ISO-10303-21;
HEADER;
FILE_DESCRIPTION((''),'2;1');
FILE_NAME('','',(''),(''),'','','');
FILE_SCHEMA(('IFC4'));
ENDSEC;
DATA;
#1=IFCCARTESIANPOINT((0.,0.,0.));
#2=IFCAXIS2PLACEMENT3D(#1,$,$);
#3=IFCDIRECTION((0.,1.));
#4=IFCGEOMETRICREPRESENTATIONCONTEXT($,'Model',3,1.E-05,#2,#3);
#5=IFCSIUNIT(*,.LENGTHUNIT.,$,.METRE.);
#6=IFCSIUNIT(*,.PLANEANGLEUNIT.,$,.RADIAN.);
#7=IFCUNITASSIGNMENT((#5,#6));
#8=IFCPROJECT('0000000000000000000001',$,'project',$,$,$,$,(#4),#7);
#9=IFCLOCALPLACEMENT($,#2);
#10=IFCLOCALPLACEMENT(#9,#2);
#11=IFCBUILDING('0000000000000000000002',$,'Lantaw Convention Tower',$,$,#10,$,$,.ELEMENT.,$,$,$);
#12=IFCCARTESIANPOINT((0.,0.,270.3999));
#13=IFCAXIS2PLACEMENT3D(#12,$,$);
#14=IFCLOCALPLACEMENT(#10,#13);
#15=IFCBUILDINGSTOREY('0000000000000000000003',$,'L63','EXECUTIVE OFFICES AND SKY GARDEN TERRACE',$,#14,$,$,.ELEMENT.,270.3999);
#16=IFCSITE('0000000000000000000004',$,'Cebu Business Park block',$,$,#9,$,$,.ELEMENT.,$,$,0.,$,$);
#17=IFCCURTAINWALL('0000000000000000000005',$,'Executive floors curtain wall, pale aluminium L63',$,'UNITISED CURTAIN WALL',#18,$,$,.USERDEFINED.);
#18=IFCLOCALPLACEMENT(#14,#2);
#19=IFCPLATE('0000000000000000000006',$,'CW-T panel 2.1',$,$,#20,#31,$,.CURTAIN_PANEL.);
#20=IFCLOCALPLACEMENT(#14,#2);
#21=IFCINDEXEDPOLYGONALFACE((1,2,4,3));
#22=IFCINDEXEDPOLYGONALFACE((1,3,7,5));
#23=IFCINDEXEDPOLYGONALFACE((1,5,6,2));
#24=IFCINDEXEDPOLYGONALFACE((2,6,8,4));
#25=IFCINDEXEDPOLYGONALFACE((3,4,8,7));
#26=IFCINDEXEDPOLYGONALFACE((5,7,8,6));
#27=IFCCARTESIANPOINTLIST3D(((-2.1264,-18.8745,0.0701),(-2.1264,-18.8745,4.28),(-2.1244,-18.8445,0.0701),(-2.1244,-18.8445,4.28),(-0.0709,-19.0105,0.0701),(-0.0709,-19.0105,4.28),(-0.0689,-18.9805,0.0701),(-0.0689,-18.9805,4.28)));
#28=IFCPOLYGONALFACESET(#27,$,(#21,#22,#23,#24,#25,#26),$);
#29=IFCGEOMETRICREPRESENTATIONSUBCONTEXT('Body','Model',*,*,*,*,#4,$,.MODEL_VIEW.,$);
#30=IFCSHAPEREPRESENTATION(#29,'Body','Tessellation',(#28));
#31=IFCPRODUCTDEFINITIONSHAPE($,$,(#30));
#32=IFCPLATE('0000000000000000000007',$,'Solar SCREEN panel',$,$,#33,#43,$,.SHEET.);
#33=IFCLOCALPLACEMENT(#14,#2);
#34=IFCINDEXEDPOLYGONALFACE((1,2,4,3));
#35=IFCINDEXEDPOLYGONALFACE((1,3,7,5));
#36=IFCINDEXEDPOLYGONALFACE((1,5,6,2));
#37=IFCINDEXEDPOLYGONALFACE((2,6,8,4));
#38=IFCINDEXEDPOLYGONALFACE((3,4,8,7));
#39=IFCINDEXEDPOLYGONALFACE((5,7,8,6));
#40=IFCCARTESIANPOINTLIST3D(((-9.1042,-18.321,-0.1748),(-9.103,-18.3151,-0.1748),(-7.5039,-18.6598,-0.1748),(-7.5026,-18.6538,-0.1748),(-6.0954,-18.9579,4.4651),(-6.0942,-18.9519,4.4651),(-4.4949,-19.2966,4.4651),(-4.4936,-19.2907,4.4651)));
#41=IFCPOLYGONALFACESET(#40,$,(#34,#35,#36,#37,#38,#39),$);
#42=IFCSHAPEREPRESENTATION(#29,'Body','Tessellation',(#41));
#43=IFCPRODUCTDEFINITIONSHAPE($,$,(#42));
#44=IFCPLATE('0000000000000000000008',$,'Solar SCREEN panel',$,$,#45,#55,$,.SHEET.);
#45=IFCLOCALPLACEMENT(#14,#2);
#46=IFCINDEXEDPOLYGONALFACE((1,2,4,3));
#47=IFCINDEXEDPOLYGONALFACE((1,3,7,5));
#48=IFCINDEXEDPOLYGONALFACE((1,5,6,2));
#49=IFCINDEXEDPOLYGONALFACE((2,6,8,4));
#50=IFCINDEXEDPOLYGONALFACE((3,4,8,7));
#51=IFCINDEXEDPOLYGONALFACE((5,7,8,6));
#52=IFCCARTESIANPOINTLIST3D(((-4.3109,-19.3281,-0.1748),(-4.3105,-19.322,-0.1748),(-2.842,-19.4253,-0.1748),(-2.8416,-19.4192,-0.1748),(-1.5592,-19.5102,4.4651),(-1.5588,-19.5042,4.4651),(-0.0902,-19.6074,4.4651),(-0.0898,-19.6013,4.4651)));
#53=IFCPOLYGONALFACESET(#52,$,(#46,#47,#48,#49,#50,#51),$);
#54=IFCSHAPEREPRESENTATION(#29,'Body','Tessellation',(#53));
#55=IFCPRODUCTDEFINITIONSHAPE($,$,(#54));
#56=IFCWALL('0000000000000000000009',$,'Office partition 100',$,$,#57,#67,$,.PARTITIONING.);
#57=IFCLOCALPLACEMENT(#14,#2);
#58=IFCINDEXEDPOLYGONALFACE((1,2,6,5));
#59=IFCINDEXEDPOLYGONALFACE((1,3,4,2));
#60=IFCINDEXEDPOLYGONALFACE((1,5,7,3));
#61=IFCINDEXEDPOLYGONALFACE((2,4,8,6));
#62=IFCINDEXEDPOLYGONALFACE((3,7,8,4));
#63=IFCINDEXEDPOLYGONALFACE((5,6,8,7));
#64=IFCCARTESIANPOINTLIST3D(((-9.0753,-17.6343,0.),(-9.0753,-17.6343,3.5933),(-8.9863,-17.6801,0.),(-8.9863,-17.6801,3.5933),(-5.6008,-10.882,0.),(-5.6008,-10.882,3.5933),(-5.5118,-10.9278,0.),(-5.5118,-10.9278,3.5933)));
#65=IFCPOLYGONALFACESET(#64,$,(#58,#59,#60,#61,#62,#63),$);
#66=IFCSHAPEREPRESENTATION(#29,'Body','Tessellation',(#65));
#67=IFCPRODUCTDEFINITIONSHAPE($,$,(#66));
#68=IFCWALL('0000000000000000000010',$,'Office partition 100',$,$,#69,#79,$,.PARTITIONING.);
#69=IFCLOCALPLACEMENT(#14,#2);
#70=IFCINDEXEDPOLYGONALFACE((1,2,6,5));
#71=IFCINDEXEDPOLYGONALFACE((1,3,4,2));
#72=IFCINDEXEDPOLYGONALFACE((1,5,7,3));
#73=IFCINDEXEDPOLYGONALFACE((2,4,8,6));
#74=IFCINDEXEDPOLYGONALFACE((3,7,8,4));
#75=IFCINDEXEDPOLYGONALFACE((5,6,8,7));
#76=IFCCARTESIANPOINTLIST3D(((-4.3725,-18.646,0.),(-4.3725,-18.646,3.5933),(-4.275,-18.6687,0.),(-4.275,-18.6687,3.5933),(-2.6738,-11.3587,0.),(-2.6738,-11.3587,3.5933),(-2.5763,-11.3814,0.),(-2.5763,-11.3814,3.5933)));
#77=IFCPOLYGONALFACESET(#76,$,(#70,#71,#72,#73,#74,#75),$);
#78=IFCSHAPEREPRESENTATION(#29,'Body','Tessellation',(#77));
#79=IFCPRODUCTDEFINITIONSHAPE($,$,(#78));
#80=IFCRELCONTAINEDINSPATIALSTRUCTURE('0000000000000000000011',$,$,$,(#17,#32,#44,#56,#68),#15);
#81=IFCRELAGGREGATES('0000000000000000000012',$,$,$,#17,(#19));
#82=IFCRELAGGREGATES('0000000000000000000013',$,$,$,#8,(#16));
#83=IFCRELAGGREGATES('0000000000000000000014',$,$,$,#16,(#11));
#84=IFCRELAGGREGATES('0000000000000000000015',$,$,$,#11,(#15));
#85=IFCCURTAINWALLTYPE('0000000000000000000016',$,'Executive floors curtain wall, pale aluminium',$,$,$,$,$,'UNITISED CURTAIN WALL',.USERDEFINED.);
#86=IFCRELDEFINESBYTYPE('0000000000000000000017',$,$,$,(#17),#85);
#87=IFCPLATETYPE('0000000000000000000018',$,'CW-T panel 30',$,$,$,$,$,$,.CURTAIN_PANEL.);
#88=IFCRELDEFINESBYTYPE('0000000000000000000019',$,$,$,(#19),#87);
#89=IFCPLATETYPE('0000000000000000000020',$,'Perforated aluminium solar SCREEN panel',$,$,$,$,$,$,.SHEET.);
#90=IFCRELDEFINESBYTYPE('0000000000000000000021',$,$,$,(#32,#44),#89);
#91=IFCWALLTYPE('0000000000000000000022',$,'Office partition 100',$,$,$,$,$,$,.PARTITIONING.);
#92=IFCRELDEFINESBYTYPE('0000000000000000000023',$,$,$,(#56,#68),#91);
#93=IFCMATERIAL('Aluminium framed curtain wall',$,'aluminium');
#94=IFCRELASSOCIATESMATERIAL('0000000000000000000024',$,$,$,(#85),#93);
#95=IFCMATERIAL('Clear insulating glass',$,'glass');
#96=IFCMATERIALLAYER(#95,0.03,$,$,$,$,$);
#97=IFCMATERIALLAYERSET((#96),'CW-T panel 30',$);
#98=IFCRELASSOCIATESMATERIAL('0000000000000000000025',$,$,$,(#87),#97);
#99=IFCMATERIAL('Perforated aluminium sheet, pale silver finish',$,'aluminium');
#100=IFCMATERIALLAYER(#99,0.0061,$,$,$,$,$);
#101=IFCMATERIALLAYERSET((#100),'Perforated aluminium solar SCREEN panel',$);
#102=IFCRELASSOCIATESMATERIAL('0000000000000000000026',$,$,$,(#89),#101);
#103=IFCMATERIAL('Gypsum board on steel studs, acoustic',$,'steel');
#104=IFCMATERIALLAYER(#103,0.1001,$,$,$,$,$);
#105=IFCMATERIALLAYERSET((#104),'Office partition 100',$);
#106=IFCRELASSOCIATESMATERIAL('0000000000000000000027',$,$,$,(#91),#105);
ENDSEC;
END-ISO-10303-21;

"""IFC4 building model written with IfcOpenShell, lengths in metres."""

from ifc_helpers import new_model, si_unit, direction, frame, frame_2d, origin, origin_2d, place, context, subcontext, project, spatial, polyline, rectangle, outline, extrude, material, layer, layer_set, type_object, element, aggregate, save


model = new_model("IFC4")

# Units and contexts
model_context = context("Model", 3, precision=1e-05, world=origin(), true_north=direction((0.0, 1.0)))
body_context = subcontext(model_context, "Body", "Model", "MODEL_VIEW")
ifc_project = project(units=[si_unit("LENGTHUNIT", "METRE"), si_unit("PLANEANGLEUNIT", "RADIAN")], contexts=[model_context])

# Site, building, storey
site_placement = place(None, origin())
site = spatial("IfcSite", under=ifc_project, at=site_placement, Name="Cebu Business Park block", CompositionType="ELEMENT", RefElevation=0.0)
building_placement = place(site_placement, origin())
building = spatial("IfcBuilding", under=site, at=building_placement, Name="Lantaw Convention Tower", CompositionType="ELEMENT")
storey_placement = place(building_placement, frame((0.0, 0.0, 270.3999)))
storey = spatial("IfcBuildingStorey", under=building, at=storey_placement, Name="L63", Description="EXECUTIVE OFFICES AND SKY GARDEN TERRACE", CompositionType="ELEMENT", Elevation=270.3999)

# Shared definitions
ifc_material_1 = material(Name="Aluminium framed curtain wall", Category="aluminium")
curtain_wall_type = type_object("IfcCurtainWallType", Name="Executive floors curtain wall, pale aluminium", ElementType="UNITISED CURTAIN WALL", PredefinedType="USERDEFINED", material=ifc_material_1)

# Curtain wall
curtain_wall_1_placement = place(storey_placement, origin())
curtain_wall_1 = element("IfcCurtainWall", 1, at=curtain_wall_1_placement, inside=storey, type_object=curtain_wall_type, Name="Executive floors curtain wall, pale aluminium L63", ObjectType="UNITISED CURTAIN WALL", PredefinedType="USERDEFINED")

# Plate
ifc_material_2 = material(Name="Clear insulating glass", Category="glass")
ifc_layer_1 = layer(ifc_material_2, 0.03)
ifc_layer_set_1 = layer_set([ifc_layer_1], Name="CW-T panel 30")
plate_type_1 = type_object("IfcPlateType", Name="CW-T panel 30", PredefinedType="CURTAIN_PANEL", material=ifc_layer_set_1)
plate_1_placement = place(storey_placement, frame((-1.0977, -18.9275, 0.0701), z_axis=(0.0, 0.0, 1.0), x_axis=(0.997818, -0.066025, 0.0)))
plate_1 = element("IfcPlate", 2, at=plate_1_placement, type_object=plate_type_1, Name="CW-T panel 2.1", PredefinedType="CURTAIN_PANEL", context=body_context, shape_type="SweptSolid", body=[
    extrude(rectangle(XDim=2.0601, YDim=0.03, at=origin_2d()), origin(), (0.0, 0.0, 1.0), 4.21),
])
aggregate(curtain_wall_1, [plate_1])

# Plates
ifc_material_3 = material(Name="Perforated aluminium sheet, pale silver finish", Category="aluminium")
ifc_layer_2 = layer(ifc_material_3, 0.0061)
ifc_layer_set_2 = layer_set([ifc_layer_2], Name="Perforated aluminium solar SCREEN panel")
plate_type_2 = type_object("IfcPlateType", Name="Perforated aluminium solar SCREEN panel", PredefinedType="SHEET", material=ifc_layer_set_2)
plate_2_placement = place(storey_placement, frame((-9.1042, -18.321, -0.1748), z_axis=(-0.207067, -0.978327, 0.000002), x_axis=(0.978327, -0.207067, 0.0)))
element("IfcPlate", 3, at=plate_2_placement, inside=storey, type_object=plate_type_2, Name="Solar SCREEN panel", PredefinedType="SHEET", context=body_context, shape_type="SweptSolid", body=[
    extrude(outline(polyline([(0.0, 0.0), (1.6358, 0.0), (4.7115, 4.6399), (3.0755, 4.6399), (0.0, 0.0)])), origin(), (0.0, 0.0, -1.0), 0.0061),
])
plate_3_placement = place(storey_placement, frame((-4.3105, -19.322, -0.1748), z_axis=(0.066002, 0.99782, 0.000025), x_axis=(0.99782, -0.066002, 0.0)))
element("IfcPlate", 4, at=plate_3_placement, inside=storey, type_object=plate_type_2, Name="Solar SCREEN panel", PredefinedType="SHEET", context=body_context, shape_type="SweptSolid", body=[
    extrude(outline(polyline([(0.0, 0.0), (1.4722, 0.0), (4.2299, -4.6399), (2.7577, -4.6399), (0.0, 0.0)])), origin(), (0.0, 0.0, -1.0), 0.0061),
])

# Walls
ifc_material_4 = material(Name="Gypsum board on steel studs, acoustic", Category="steel")
ifc_layer_3 = layer(ifc_material_4, 0.1001)
ifc_layer_set_3 = layer_set([ifc_layer_3], Name="Office partition 100")
wall_type_1 = type_object("IfcWallType", Name="Office partition 100", PredefinedType="PARTITIONING", material=ifc_layer_set_3)
wall_1_placement = place(storey_placement, frame((-9.0308, -17.6572, 0.0), z_axis=(0.0, 0.0, 1.0), x_axis=(0.457536, 0.889191, 0.0)))
element("IfcWall", 5, at=wall_1_placement, inside=storey, type_object=wall_type_1, Name="Office partition 100", PredefinedType="PARTITIONING", context=body_context, shape_type="SweptSolid", body=[
    extrude(rectangle(XDim=7.5938, YDim=0.1001, at=frame_2d((3.7969, 0.0))), origin(), (0.0, 0.0, 1.0), 3.5933),
])
wall_2_placement = place(storey_placement, frame((-4.3237, -18.6572, 0.0), z_axis=(0.0, 0.0, 1.0), x_axis=(0.22702, 0.97389, 0.0)))
element("IfcWall", 6, at=wall_2_placement, inside=storey, type_object=wall_type_1, Name="Office partition 100", PredefinedType="PARTITIONING", context=body_context, shape_type="SweptSolid", body=[
    extrude(rectangle(XDim=7.4827, YDim=0.1001, at=frame_2d((3.7412, 0.0))), origin(), (0.0, 0.0, 1.0), 3.5933),
])

save(model, "model.ifc")
